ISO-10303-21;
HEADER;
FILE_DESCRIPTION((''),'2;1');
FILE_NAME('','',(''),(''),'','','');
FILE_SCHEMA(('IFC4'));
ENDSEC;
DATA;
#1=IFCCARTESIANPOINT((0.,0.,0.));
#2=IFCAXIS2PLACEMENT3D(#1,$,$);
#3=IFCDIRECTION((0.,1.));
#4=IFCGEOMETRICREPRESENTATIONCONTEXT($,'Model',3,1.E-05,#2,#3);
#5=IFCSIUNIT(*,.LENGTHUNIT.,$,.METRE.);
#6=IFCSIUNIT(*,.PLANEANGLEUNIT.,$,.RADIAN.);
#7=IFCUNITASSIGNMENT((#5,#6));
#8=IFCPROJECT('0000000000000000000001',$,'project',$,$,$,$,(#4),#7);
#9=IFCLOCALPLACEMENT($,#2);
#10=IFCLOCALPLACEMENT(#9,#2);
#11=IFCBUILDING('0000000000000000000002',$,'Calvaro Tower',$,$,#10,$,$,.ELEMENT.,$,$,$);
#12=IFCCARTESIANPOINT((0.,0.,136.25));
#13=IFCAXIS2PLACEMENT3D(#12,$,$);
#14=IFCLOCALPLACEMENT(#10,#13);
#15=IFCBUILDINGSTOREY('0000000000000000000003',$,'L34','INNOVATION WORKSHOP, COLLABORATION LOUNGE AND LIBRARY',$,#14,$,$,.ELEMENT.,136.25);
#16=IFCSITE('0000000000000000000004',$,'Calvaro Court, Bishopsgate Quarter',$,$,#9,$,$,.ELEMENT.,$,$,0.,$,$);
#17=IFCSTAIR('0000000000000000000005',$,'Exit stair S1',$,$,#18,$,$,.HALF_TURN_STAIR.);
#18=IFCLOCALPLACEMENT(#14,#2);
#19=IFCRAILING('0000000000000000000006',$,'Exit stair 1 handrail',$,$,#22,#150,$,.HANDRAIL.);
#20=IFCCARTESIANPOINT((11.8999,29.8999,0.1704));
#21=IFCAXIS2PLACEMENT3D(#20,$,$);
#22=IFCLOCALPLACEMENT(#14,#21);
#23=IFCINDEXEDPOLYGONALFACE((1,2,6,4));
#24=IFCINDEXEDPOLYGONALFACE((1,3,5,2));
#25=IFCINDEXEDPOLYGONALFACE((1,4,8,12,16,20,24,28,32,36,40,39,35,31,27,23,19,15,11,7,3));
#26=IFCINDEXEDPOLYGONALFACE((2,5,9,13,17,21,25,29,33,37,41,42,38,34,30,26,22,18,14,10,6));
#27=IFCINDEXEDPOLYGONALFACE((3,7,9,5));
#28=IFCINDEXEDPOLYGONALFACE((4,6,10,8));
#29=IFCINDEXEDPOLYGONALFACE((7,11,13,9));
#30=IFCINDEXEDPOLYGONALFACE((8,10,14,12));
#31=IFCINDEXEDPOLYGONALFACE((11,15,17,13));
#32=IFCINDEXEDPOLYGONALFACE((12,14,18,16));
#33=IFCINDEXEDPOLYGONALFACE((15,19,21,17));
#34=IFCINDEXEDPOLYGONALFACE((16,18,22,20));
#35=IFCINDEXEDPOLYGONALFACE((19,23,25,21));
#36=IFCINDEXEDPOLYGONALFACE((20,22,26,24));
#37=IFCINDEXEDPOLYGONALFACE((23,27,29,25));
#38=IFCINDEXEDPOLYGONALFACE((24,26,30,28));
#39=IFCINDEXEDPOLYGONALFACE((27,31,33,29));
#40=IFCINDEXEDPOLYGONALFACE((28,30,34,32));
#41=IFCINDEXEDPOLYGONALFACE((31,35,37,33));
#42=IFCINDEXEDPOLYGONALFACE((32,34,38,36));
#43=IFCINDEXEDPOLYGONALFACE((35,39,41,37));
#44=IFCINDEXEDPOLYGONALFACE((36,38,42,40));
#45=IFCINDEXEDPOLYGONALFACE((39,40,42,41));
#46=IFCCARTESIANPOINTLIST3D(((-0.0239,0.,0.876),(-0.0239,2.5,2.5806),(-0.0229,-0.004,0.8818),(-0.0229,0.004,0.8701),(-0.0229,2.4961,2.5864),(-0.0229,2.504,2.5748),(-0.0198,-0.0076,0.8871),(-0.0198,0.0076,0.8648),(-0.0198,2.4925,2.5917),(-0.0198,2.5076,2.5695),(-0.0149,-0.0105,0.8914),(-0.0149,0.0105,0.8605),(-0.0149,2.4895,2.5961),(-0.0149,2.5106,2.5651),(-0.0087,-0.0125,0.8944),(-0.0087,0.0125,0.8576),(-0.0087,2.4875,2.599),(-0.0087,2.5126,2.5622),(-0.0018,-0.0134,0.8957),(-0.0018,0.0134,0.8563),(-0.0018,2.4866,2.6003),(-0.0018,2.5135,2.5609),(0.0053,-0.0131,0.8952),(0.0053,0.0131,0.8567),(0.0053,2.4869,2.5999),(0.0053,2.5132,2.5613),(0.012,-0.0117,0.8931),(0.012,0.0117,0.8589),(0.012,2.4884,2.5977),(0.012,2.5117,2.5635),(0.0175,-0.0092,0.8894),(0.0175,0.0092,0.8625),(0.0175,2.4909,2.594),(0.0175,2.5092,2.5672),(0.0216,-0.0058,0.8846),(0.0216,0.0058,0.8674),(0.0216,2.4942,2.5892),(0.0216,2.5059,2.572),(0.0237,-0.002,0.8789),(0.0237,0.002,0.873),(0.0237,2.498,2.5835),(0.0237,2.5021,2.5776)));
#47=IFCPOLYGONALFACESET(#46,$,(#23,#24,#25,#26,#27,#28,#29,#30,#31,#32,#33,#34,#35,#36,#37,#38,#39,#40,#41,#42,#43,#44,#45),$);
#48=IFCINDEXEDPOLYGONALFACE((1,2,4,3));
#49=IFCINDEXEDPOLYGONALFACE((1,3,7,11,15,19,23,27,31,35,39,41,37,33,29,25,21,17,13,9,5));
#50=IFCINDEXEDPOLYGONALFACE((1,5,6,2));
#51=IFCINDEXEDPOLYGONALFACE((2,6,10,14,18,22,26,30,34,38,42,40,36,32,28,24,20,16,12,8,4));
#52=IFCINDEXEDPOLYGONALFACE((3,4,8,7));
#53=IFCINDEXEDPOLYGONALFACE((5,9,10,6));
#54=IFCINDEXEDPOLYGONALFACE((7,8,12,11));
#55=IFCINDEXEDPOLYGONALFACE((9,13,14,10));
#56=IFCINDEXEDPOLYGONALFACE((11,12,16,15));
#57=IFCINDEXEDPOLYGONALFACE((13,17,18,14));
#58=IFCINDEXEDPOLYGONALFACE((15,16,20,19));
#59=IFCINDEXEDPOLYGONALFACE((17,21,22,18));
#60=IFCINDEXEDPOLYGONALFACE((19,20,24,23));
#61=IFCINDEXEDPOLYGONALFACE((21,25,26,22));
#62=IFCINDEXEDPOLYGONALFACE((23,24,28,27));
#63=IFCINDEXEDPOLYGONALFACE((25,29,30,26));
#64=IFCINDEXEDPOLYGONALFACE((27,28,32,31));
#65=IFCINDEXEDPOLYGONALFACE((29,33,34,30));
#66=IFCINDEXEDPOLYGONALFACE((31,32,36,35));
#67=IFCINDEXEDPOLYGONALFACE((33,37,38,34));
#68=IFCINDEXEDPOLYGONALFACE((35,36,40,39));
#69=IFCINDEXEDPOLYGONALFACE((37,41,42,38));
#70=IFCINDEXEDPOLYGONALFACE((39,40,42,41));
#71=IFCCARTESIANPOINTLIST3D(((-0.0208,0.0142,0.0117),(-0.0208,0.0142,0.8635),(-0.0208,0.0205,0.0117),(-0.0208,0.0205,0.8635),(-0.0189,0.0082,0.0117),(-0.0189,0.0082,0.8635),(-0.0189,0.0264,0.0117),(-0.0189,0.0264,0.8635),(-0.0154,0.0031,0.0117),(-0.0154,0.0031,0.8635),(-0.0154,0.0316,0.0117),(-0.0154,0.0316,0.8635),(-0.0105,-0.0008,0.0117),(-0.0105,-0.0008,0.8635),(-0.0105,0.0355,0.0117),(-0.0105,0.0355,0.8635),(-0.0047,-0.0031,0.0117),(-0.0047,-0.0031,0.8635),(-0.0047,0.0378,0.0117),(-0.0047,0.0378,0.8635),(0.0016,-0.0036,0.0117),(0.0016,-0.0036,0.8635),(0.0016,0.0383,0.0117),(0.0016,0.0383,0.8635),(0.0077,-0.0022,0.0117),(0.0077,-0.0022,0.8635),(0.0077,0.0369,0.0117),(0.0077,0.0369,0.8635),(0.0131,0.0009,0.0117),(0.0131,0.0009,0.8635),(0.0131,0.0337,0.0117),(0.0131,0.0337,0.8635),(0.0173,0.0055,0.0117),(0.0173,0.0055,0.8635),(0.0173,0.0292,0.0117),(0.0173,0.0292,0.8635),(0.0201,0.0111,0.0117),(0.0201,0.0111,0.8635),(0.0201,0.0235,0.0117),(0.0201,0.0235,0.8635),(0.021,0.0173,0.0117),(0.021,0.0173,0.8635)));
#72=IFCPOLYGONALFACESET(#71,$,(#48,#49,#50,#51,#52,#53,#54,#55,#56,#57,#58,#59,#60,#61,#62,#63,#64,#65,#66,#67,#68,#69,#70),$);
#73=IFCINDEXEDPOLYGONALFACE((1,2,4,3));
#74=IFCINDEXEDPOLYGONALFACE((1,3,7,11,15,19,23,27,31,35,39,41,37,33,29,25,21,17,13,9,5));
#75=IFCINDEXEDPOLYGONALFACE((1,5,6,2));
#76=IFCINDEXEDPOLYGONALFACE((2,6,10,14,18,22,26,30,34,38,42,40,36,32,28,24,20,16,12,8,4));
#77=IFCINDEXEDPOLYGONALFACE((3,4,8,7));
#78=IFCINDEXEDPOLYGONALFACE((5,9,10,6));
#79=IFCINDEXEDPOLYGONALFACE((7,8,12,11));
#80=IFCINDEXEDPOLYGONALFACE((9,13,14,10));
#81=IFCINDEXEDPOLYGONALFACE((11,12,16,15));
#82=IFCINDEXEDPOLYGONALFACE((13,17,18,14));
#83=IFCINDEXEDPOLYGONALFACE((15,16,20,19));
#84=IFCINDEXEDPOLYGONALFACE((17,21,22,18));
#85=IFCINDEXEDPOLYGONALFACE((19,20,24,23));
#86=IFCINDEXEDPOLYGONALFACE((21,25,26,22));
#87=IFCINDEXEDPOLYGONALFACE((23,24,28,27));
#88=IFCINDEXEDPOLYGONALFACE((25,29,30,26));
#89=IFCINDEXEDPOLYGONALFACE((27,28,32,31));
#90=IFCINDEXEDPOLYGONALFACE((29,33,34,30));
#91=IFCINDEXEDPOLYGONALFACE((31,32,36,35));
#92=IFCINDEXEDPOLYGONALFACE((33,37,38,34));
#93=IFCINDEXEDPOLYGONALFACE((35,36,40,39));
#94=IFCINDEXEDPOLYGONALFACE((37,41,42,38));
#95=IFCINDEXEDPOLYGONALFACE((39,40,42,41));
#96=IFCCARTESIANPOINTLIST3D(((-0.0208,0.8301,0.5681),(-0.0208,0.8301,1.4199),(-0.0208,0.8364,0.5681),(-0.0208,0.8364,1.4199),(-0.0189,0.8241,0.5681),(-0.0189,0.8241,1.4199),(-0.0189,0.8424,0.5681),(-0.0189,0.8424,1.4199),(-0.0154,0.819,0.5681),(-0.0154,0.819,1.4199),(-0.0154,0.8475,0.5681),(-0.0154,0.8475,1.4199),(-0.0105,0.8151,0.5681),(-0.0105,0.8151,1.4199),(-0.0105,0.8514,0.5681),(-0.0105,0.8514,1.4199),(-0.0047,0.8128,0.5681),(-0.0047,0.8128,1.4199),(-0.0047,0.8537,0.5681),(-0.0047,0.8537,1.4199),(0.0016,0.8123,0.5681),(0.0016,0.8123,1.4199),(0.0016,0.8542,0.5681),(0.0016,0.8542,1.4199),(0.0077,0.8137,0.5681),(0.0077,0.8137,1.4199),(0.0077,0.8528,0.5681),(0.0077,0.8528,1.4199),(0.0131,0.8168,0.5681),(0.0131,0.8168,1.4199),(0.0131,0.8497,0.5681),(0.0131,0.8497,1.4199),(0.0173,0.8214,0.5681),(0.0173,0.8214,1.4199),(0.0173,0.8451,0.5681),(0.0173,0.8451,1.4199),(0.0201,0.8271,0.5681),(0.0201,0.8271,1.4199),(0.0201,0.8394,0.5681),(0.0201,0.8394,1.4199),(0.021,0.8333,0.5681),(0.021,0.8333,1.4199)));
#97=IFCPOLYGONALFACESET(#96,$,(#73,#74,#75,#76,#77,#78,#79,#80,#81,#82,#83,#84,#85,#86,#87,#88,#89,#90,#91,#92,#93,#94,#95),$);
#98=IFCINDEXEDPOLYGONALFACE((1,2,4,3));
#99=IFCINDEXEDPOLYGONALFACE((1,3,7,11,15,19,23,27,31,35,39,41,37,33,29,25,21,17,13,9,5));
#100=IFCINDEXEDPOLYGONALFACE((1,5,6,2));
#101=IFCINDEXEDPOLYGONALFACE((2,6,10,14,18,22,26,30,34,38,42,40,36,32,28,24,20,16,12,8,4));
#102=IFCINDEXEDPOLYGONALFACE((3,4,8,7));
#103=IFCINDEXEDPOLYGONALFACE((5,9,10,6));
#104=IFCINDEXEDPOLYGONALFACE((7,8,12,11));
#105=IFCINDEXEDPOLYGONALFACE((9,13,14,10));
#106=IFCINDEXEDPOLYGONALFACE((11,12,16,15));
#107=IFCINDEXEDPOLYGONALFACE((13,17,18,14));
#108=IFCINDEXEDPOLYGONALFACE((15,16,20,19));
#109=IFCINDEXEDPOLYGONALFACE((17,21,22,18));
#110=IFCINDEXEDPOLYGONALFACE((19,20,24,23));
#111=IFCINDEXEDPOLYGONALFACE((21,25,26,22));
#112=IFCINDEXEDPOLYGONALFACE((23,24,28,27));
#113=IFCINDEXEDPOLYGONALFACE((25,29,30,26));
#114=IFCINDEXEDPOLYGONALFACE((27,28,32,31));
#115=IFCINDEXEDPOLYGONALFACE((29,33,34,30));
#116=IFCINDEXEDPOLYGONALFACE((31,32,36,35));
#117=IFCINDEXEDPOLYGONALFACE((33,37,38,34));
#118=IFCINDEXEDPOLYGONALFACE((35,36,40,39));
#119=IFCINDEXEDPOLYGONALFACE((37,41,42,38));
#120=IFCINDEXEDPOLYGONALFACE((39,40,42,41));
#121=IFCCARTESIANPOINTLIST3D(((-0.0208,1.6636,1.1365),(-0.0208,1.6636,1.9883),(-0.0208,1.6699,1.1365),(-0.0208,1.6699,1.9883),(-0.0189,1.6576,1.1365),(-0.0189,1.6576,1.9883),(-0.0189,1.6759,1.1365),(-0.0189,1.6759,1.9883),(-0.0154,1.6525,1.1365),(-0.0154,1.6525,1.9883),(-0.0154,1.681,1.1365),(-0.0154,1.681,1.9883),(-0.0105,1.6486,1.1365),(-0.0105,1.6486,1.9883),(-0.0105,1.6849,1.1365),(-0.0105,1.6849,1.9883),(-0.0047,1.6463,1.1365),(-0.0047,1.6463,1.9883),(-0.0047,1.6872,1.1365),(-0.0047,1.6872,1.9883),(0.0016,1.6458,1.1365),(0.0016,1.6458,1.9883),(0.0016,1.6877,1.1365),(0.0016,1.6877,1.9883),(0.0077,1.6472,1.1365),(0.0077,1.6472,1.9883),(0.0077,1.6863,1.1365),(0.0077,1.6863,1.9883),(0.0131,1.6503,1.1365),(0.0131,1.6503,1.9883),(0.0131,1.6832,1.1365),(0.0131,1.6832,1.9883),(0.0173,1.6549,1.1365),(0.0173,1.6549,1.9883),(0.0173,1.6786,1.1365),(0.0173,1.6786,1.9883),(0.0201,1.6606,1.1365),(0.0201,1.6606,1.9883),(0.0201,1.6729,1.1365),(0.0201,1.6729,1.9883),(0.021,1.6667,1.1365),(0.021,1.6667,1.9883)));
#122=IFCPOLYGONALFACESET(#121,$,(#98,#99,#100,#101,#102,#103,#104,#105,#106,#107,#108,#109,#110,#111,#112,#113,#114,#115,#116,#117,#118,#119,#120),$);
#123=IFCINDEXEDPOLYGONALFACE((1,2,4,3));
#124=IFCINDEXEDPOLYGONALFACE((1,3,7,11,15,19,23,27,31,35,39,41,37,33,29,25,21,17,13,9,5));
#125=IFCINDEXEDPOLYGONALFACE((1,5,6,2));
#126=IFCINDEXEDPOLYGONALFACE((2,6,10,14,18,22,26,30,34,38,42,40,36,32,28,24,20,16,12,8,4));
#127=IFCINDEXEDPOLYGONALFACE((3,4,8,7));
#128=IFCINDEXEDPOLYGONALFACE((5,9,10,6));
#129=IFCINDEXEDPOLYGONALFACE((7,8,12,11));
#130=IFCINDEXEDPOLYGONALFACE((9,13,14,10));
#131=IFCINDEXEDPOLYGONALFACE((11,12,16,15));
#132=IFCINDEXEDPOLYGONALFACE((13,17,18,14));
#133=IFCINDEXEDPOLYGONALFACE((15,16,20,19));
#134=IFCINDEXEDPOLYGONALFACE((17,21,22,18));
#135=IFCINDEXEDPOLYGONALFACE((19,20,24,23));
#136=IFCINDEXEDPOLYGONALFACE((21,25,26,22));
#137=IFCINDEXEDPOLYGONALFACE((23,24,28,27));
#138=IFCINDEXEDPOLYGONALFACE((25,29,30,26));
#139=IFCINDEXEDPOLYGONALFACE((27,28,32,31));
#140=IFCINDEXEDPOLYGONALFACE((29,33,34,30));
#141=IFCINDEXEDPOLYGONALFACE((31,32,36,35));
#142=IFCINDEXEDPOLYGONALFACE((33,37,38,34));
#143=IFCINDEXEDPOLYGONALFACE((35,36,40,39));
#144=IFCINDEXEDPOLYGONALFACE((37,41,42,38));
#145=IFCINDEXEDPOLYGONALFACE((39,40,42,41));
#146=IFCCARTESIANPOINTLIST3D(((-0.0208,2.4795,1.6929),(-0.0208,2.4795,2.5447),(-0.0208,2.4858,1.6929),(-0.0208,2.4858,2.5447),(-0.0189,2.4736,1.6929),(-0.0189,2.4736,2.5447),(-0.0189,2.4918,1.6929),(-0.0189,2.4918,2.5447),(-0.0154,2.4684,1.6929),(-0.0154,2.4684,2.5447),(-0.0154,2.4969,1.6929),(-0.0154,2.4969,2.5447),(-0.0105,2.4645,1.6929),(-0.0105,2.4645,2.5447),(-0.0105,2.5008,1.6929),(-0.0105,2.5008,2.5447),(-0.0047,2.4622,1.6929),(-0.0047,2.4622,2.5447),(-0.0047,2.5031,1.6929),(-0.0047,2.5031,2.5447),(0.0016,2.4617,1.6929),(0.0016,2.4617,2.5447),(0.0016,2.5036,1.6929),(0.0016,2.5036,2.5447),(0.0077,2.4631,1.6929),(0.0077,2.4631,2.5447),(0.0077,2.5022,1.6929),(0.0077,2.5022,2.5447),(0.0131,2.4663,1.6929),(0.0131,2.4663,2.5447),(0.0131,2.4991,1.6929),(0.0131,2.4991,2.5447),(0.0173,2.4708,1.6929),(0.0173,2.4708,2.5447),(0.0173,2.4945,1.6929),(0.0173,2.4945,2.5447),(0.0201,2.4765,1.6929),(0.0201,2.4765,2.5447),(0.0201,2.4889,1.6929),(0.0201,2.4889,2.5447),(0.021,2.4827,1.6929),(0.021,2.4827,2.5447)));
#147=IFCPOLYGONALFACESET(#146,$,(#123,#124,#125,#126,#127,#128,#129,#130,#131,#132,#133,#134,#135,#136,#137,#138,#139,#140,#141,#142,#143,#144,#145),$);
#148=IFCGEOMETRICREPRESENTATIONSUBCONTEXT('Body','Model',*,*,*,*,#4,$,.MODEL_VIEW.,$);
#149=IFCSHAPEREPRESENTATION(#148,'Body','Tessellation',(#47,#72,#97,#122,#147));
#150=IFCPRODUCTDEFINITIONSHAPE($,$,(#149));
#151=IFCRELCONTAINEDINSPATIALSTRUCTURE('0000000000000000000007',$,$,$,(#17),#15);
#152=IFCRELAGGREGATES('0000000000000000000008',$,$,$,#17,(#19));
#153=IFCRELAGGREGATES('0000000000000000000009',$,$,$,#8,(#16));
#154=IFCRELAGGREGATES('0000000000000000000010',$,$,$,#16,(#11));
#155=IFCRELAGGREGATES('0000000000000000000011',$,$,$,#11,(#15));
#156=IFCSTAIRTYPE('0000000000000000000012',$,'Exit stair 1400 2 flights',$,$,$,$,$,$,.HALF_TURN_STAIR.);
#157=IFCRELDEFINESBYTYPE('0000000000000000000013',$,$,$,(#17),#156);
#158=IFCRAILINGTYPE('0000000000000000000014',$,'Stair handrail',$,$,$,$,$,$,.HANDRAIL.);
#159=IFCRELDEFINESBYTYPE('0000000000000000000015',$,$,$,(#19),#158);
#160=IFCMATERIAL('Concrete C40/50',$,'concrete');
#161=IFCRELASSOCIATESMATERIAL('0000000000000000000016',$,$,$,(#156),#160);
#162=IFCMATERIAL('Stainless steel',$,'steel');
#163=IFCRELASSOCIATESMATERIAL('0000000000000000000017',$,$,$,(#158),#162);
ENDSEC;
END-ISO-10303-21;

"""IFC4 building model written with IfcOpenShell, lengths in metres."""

from ifc_helpers import new_model, si_unit, direction, frame, origin, origin_2d, place, context, subcontext, project, spatial, circle, extrude, material, type_object, element, aggregate, save


model = new_model("IFC4")

# Units and contexts
model_context = context("Model", 3, precision=1e-05, world=origin(), true_north=direction((0.0, 1.0)))
body_context = subcontext(model_context, "Body", "Model", "MODEL_VIEW")
ifc_project = project(units=[si_unit("LENGTHUNIT", "METRE"), si_unit("PLANEANGLEUNIT", "RADIAN")], contexts=[model_context])

# Site, building, storey
site_placement = place(None, origin())
site = spatial("IfcSite", under=ifc_project, at=site_placement, Name="Calvaro Court, Bishopsgate Quarter", CompositionType="ELEMENT", RefElevation=0.0)
building_placement = place(site_placement, origin())
building = spatial("IfcBuilding", under=site, at=building_placement, Name="Calvaro Tower", CompositionType="ELEMENT")
storey_placement = place(building_placement, frame((0.0, 0.0, 136.25)))
storey = spatial("IfcBuildingStorey", under=building, at=storey_placement, Name="L34", Description="INNOVATION WORKSHOP, COLLABORATION LOUNGE AND LIBRARY", CompositionType="ELEMENT", Elevation=136.25)

# Stair, railing
ifc_material_1 = material(Name="Concrete C40/50", Category="concrete")
stair_type = type_object("IfcStairType", Name="Exit stair 1400 2 flights", PredefinedType="HALF_TURN_STAIR", material=ifc_material_1)
stair_placement = place(storey_placement, origin())
stair = element("IfcStair", 1, at=stair_placement, inside=storey, type_object=stair_type, Name="Exit stair S1", PredefinedType="HALF_TURN_STAIR")
ifc_material_2 = material(Name="Stainless steel", Category="steel")
railing_type = type_object("IfcRailingType", Name="Stair handrail", PredefinedType="HANDRAIL", material=ifc_material_2)
railing_1_placement = place(storey_placement, frame((11.8999, 29.8999, 0.1704)))
railing_1 = element("IfcRailing", 2, at=railing_1_placement, type_object=railing_type, Name="Exit stair 1 handrail", PredefinedType="HANDRAIL", context=body_context, shape_type="SweptSolid", body=[
    extrude(circle(Radius=0.0239, at=origin_2d()), frame((0.0, 0.0, 0.876), z_axis=(0.0, 0.826221, 0.563347), x_axis=(-1.0, 0.0, 0.0)), (0.0, 0.0, 1.0), 3.0259),
    extrude(circle(Radius=0.021, at=origin_2d()), frame((0.0, 0.0173, 0.0117)), (0.0, 0.0, 1.0), 0.8518),
    extrude(circle(Radius=0.021, at=origin_2d()), frame((0.0, 0.8333, 0.5681)), (0.0, 0.0, 1.0), 0.8518),
    extrude(circle(Radius=0.021, at=origin_2d()), frame((0.0, 1.6667, 1.1365)), (0.0, 0.0, 1.0), 0.8518),
    extrude(circle(Radius=0.021, at=origin_2d()), frame((0.0, 2.4827, 1.6929)), (0.0, 0.0, 1.0), 0.8518),
])
aggregate(stair, [railing_1])

save(model, "model.ifc")
